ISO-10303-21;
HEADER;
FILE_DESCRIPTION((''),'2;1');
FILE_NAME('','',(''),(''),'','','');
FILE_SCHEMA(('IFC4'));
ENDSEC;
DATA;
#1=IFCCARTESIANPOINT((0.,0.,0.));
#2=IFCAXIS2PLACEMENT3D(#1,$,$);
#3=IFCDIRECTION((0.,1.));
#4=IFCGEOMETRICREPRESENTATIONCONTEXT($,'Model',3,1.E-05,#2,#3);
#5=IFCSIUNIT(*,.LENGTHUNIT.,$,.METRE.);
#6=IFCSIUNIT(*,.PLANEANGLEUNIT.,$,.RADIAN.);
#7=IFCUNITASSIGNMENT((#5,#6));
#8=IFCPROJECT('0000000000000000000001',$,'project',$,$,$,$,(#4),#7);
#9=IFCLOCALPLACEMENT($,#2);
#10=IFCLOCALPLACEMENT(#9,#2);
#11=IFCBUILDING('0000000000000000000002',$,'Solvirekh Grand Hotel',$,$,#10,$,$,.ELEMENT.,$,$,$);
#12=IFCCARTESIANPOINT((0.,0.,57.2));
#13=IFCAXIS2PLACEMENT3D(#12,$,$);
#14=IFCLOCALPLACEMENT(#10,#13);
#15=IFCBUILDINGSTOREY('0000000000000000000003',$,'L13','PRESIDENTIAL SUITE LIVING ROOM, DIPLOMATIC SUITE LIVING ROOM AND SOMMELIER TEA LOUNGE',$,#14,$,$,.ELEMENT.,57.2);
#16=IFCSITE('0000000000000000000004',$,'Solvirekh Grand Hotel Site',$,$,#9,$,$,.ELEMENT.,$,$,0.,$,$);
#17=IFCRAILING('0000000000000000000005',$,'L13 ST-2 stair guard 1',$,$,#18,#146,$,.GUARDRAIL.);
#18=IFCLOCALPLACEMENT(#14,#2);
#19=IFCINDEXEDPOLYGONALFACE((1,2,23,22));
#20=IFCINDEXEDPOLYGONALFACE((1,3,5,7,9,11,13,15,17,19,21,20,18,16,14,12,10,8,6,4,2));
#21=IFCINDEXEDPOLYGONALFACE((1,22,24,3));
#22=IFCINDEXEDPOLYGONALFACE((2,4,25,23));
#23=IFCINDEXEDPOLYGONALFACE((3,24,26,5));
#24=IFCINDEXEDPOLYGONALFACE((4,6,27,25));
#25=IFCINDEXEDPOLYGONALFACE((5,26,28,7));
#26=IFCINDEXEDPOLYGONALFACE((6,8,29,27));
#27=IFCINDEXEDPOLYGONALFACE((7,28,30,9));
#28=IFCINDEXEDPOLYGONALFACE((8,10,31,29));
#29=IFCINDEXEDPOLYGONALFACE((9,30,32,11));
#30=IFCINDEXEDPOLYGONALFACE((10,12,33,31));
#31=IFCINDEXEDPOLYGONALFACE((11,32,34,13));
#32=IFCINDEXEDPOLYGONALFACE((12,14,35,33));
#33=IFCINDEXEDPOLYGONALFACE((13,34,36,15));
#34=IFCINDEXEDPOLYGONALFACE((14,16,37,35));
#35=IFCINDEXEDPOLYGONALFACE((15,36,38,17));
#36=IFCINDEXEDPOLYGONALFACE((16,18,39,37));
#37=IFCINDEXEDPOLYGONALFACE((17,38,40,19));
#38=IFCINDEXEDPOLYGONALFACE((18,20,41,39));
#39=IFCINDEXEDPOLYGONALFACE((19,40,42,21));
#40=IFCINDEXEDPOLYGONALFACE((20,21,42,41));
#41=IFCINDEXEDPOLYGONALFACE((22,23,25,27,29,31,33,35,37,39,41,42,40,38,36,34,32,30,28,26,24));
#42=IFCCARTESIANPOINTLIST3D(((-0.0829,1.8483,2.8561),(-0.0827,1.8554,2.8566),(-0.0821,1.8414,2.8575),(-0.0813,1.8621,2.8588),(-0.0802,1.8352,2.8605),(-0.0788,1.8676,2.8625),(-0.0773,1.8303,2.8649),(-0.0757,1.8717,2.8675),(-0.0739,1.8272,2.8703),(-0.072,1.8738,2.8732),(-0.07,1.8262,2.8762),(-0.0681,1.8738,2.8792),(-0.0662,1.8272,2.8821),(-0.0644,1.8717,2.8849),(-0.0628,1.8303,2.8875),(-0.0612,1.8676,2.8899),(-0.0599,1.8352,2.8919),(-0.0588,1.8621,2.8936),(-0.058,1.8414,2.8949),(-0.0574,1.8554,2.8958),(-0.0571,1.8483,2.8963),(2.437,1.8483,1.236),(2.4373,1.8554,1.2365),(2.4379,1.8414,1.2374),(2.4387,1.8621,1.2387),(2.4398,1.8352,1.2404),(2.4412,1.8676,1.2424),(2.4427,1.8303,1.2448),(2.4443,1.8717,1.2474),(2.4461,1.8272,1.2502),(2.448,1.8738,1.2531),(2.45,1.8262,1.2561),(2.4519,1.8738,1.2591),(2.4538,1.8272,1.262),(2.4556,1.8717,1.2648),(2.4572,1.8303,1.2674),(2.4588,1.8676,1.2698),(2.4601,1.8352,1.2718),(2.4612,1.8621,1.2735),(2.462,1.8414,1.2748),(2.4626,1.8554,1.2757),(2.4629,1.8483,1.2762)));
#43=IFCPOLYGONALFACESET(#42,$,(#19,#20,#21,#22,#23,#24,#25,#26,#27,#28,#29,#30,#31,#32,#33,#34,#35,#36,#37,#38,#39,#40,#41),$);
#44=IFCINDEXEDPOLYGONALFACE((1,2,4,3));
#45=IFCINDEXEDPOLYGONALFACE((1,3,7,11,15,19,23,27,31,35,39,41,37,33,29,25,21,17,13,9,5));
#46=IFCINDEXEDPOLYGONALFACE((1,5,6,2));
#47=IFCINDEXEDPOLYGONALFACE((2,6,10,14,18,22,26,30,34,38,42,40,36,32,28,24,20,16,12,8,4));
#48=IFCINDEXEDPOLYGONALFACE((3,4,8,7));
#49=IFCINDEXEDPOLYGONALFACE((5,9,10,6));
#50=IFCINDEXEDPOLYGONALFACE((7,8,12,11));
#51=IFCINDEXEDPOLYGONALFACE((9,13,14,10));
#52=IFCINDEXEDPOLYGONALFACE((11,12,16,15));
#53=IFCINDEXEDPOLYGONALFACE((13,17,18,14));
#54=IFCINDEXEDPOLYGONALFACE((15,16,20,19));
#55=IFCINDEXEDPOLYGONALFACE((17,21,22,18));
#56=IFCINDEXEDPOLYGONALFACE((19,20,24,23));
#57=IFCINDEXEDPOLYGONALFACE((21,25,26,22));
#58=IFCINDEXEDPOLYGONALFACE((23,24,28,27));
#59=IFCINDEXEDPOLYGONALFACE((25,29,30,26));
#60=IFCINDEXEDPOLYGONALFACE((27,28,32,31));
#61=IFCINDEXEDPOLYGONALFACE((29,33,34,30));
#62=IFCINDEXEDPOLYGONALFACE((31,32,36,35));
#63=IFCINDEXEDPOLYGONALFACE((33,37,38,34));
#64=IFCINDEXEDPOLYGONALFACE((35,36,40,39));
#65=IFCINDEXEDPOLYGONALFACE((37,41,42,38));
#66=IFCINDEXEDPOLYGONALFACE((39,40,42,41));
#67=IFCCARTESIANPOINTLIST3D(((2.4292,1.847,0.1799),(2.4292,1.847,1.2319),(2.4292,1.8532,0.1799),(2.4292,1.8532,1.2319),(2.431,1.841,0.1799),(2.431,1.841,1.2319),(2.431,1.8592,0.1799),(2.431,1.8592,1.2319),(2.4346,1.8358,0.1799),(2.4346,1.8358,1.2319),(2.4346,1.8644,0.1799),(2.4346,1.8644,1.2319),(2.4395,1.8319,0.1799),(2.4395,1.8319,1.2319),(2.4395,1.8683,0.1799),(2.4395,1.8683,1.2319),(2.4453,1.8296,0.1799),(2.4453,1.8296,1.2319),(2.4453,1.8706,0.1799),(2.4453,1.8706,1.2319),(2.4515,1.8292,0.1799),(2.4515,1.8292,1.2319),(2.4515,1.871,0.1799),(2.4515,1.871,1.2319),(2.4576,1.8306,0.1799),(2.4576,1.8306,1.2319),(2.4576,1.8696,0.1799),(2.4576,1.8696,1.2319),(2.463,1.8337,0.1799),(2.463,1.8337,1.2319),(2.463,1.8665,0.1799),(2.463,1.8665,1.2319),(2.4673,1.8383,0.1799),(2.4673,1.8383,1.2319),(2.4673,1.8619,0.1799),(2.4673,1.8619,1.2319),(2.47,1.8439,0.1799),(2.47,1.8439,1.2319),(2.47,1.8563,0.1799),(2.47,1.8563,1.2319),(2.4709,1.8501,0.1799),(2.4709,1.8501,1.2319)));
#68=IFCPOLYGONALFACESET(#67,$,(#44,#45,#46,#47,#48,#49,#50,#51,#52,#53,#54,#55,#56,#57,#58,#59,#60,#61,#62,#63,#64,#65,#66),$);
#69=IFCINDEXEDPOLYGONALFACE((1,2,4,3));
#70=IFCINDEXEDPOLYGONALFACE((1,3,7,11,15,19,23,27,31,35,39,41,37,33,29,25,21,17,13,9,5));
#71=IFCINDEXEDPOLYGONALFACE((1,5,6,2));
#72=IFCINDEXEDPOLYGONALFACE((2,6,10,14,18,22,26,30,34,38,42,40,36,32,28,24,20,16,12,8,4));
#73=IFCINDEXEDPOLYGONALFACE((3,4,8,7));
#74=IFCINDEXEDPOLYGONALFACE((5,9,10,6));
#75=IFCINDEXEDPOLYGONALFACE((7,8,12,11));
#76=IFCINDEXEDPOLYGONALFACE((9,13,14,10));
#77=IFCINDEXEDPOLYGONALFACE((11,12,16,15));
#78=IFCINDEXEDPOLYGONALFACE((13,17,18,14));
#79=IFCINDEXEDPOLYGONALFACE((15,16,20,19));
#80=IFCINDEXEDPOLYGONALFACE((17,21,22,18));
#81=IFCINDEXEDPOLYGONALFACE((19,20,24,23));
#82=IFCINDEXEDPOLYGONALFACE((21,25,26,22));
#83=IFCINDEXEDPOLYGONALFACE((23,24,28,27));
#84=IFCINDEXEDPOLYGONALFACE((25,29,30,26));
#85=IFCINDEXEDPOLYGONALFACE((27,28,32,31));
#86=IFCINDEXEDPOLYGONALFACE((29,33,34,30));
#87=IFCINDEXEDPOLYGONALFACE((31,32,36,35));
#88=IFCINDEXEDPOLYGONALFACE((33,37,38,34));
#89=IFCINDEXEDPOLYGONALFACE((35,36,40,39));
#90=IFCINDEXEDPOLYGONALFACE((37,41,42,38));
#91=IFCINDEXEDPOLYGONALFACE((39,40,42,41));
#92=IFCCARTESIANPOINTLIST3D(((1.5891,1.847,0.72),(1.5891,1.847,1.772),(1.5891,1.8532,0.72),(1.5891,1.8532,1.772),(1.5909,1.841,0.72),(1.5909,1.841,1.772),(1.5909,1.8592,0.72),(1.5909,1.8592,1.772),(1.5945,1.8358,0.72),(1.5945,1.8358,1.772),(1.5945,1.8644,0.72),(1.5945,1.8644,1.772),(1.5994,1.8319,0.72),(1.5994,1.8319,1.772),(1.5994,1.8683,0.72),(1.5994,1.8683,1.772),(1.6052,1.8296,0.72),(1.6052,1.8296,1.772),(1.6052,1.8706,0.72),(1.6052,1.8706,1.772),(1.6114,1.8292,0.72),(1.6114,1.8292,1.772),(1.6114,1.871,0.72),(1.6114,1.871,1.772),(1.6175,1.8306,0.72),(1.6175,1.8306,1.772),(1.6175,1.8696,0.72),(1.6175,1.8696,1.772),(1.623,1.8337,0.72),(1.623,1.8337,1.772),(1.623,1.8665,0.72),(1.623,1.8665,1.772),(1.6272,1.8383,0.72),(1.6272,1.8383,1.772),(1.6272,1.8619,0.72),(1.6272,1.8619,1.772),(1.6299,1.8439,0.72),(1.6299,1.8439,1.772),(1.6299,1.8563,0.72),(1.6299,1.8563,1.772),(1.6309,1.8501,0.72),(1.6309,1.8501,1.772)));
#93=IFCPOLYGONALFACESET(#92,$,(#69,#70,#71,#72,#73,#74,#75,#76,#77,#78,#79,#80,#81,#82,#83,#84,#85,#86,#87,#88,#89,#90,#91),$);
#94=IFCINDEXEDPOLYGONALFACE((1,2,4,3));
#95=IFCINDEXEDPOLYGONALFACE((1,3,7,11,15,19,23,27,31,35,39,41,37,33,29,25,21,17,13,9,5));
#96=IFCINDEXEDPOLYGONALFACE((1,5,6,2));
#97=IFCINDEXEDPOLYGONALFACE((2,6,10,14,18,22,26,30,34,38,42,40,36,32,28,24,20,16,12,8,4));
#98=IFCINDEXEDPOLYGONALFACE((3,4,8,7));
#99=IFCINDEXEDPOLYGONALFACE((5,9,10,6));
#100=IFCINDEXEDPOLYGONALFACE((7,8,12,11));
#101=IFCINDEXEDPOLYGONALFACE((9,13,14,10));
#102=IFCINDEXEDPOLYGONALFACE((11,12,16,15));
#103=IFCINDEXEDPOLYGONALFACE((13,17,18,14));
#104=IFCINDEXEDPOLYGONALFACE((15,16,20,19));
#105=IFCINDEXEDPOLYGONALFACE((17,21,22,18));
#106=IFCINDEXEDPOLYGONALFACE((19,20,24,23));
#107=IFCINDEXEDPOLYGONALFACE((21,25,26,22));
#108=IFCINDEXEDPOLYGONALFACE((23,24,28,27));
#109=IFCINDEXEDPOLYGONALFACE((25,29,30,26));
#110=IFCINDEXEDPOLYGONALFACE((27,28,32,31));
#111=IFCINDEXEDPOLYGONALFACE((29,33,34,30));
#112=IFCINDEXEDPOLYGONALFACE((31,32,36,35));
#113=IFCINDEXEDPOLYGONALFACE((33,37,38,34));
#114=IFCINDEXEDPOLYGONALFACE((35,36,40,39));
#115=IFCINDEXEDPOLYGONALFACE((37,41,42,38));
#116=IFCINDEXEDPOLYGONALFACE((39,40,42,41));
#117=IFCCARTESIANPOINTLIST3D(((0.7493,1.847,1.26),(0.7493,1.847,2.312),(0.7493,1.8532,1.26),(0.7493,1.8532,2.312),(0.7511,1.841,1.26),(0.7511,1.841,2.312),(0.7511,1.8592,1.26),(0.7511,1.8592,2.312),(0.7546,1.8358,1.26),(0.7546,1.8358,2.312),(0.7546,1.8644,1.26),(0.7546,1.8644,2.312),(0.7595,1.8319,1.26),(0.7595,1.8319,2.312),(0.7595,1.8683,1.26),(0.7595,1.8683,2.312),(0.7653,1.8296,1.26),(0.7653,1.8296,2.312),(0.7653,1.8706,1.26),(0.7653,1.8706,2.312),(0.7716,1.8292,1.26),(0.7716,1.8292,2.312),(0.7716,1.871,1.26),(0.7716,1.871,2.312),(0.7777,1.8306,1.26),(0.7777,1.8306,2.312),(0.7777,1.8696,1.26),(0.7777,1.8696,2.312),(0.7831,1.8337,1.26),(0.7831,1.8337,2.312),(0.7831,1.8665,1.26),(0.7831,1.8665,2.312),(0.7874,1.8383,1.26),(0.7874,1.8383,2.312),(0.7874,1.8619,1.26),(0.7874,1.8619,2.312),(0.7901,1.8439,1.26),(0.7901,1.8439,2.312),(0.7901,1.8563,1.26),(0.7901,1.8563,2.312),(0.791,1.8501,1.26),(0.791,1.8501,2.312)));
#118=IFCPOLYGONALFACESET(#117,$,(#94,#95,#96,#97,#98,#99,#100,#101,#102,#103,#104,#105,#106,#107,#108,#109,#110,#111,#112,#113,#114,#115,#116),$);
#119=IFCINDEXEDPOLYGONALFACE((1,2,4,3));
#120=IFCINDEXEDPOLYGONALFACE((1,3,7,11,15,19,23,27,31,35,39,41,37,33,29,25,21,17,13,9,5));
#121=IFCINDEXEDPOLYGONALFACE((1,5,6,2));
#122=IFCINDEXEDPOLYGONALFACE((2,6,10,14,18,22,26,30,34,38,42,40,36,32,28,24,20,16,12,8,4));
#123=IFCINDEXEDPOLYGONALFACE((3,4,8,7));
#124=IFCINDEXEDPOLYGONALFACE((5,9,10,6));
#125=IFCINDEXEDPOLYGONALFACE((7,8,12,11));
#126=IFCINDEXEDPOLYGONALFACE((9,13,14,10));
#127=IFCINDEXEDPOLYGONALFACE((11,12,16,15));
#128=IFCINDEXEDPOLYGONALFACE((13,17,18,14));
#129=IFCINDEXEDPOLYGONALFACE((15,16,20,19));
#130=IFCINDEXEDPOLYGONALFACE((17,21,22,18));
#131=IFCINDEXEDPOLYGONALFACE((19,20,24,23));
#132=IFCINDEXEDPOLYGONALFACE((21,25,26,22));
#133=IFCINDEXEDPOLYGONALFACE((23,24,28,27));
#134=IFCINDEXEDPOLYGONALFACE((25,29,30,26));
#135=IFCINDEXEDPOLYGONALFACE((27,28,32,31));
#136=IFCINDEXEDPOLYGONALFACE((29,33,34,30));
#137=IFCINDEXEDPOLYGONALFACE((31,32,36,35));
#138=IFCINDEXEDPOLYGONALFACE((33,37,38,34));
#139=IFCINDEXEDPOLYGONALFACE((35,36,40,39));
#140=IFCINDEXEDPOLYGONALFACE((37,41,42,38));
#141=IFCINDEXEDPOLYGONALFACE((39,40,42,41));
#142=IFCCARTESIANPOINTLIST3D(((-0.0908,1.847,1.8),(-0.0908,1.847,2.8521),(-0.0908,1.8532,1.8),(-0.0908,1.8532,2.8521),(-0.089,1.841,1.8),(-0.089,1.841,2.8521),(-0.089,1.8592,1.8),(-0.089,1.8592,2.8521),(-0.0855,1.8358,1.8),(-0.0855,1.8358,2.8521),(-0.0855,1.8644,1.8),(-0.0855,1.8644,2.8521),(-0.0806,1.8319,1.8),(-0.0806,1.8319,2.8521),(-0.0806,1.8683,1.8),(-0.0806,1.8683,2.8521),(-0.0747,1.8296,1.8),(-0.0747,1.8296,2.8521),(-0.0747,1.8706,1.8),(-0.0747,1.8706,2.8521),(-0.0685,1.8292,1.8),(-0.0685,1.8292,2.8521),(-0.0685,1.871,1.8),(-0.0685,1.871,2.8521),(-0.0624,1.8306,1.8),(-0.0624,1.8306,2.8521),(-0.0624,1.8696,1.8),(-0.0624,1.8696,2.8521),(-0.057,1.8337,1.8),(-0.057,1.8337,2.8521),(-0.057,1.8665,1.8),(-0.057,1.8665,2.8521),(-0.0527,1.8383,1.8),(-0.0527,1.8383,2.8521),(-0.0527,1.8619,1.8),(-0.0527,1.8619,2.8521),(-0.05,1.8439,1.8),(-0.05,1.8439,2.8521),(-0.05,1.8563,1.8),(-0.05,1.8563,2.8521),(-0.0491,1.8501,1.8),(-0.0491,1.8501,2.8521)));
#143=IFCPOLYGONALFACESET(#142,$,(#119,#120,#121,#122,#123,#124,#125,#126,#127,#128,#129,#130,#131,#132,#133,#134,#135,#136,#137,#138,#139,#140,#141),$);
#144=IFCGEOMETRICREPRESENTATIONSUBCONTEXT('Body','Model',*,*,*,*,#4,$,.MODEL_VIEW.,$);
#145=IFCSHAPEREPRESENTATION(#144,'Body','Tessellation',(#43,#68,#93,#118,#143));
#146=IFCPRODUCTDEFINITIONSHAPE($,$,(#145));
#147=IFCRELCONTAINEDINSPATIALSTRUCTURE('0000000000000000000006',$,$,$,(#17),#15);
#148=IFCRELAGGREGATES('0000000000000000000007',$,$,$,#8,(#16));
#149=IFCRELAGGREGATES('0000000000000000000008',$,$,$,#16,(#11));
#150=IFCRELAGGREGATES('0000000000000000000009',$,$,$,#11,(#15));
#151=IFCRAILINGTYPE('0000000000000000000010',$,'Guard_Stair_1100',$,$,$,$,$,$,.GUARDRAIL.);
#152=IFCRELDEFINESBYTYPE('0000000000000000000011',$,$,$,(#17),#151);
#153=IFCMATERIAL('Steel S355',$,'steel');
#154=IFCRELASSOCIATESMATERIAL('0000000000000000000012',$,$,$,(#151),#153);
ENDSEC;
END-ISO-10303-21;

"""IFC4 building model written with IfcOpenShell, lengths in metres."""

from ifc_helpers import new_model, si_unit, direction, frame, origin, origin_2d, place, context, subcontext, project, spatial, circle, extrude, material, type_object, element, save


model = new_model("IFC4")

# Units and contexts
model_context = context("Model", 3, precision=1e-05, world=origin(), true_north=direction((0.0, 1.0)))
body_context = subcontext(model_context, "Body", "Model", "MODEL_VIEW")
ifc_project = project(units=[si_unit("LENGTHUNIT", "METRE"), si_unit("PLANEANGLEUNIT", "RADIAN")], contexts=[model_context])

# Site, building, storey
site_placement = place(None, origin())
site = spatial("IfcSite", under=ifc_project, at=site_placement, Name="Solvirekh Grand Hotel Site", CompositionType="ELEMENT", RefElevation=0.0)
building_placement = place(site_placement, origin())
building = spatial("IfcBuilding", under=site, at=building_placement, Name="Solvirekh Grand Hotel", CompositionType="ELEMENT")
storey_placement = place(building_placement, frame((0.0, 0.0, 57.2)))
storey = spatial("IfcBuildingStorey", under=building, at=storey_placement, Name="L13", Description="PRESIDENTIAL SUITE LIVING ROOM, DIPLOMATIC SUITE LIVING ROOM AND SOMMELIER TEA LOUNGE", CompositionType="ELEMENT", Elevation=57.2)

# Shared definitions
ifc_material_1 = material(Name="Steel S355", Category="steel")

# Railing
railing_type_1 = type_object("IfcRailingType", Name="Guard_Stair_1100", PredefinedType="GUARDRAIL", material=ifc_material_1)
railing_1_placement = place(storey_placement, frame((2.45, 1.8501, 0.1799)))
element("IfcRailing", 1, at=railing_1_placement, inside=storey, type_object=railing_type_1, Name="L13 ST-2 stair guard 1", PredefinedType="GUARDRAIL", context=body_context, shape_type="SweptSolid", body=[
    extrude(circle(Radius=0.0239, at=origin_2d()), frame((0.0, 0.0, 1.0762), z_axis=(-0.841163, 0.0, 0.540782), x_axis=(0.0, -1.0, 0.0)), (0.0, 0.0, 1.0), 2.9958),
    extrude(circle(Radius=0.021, at=origin_2d()), origin(), (0.0, 0.0, 1.0), 1.052),
    extrude(circle(Radius=0.021, at=origin_2d()), frame((-0.8401, 0.0, 0.54)), (0.0, 0.0, 1.0), 1.052),
    extrude(circle(Radius=0.021, at=origin_2d()), frame((-1.6799, 0.0, 1.0801)), (0.0, 0.0, 1.0), 1.052),
    extrude(circle(Radius=0.021, at=origin_2d()), frame((-2.52, 0.0, 1.6201)), (0.0, 0.0, 1.0), 1.052),
])

save(model, "model.ifc")
